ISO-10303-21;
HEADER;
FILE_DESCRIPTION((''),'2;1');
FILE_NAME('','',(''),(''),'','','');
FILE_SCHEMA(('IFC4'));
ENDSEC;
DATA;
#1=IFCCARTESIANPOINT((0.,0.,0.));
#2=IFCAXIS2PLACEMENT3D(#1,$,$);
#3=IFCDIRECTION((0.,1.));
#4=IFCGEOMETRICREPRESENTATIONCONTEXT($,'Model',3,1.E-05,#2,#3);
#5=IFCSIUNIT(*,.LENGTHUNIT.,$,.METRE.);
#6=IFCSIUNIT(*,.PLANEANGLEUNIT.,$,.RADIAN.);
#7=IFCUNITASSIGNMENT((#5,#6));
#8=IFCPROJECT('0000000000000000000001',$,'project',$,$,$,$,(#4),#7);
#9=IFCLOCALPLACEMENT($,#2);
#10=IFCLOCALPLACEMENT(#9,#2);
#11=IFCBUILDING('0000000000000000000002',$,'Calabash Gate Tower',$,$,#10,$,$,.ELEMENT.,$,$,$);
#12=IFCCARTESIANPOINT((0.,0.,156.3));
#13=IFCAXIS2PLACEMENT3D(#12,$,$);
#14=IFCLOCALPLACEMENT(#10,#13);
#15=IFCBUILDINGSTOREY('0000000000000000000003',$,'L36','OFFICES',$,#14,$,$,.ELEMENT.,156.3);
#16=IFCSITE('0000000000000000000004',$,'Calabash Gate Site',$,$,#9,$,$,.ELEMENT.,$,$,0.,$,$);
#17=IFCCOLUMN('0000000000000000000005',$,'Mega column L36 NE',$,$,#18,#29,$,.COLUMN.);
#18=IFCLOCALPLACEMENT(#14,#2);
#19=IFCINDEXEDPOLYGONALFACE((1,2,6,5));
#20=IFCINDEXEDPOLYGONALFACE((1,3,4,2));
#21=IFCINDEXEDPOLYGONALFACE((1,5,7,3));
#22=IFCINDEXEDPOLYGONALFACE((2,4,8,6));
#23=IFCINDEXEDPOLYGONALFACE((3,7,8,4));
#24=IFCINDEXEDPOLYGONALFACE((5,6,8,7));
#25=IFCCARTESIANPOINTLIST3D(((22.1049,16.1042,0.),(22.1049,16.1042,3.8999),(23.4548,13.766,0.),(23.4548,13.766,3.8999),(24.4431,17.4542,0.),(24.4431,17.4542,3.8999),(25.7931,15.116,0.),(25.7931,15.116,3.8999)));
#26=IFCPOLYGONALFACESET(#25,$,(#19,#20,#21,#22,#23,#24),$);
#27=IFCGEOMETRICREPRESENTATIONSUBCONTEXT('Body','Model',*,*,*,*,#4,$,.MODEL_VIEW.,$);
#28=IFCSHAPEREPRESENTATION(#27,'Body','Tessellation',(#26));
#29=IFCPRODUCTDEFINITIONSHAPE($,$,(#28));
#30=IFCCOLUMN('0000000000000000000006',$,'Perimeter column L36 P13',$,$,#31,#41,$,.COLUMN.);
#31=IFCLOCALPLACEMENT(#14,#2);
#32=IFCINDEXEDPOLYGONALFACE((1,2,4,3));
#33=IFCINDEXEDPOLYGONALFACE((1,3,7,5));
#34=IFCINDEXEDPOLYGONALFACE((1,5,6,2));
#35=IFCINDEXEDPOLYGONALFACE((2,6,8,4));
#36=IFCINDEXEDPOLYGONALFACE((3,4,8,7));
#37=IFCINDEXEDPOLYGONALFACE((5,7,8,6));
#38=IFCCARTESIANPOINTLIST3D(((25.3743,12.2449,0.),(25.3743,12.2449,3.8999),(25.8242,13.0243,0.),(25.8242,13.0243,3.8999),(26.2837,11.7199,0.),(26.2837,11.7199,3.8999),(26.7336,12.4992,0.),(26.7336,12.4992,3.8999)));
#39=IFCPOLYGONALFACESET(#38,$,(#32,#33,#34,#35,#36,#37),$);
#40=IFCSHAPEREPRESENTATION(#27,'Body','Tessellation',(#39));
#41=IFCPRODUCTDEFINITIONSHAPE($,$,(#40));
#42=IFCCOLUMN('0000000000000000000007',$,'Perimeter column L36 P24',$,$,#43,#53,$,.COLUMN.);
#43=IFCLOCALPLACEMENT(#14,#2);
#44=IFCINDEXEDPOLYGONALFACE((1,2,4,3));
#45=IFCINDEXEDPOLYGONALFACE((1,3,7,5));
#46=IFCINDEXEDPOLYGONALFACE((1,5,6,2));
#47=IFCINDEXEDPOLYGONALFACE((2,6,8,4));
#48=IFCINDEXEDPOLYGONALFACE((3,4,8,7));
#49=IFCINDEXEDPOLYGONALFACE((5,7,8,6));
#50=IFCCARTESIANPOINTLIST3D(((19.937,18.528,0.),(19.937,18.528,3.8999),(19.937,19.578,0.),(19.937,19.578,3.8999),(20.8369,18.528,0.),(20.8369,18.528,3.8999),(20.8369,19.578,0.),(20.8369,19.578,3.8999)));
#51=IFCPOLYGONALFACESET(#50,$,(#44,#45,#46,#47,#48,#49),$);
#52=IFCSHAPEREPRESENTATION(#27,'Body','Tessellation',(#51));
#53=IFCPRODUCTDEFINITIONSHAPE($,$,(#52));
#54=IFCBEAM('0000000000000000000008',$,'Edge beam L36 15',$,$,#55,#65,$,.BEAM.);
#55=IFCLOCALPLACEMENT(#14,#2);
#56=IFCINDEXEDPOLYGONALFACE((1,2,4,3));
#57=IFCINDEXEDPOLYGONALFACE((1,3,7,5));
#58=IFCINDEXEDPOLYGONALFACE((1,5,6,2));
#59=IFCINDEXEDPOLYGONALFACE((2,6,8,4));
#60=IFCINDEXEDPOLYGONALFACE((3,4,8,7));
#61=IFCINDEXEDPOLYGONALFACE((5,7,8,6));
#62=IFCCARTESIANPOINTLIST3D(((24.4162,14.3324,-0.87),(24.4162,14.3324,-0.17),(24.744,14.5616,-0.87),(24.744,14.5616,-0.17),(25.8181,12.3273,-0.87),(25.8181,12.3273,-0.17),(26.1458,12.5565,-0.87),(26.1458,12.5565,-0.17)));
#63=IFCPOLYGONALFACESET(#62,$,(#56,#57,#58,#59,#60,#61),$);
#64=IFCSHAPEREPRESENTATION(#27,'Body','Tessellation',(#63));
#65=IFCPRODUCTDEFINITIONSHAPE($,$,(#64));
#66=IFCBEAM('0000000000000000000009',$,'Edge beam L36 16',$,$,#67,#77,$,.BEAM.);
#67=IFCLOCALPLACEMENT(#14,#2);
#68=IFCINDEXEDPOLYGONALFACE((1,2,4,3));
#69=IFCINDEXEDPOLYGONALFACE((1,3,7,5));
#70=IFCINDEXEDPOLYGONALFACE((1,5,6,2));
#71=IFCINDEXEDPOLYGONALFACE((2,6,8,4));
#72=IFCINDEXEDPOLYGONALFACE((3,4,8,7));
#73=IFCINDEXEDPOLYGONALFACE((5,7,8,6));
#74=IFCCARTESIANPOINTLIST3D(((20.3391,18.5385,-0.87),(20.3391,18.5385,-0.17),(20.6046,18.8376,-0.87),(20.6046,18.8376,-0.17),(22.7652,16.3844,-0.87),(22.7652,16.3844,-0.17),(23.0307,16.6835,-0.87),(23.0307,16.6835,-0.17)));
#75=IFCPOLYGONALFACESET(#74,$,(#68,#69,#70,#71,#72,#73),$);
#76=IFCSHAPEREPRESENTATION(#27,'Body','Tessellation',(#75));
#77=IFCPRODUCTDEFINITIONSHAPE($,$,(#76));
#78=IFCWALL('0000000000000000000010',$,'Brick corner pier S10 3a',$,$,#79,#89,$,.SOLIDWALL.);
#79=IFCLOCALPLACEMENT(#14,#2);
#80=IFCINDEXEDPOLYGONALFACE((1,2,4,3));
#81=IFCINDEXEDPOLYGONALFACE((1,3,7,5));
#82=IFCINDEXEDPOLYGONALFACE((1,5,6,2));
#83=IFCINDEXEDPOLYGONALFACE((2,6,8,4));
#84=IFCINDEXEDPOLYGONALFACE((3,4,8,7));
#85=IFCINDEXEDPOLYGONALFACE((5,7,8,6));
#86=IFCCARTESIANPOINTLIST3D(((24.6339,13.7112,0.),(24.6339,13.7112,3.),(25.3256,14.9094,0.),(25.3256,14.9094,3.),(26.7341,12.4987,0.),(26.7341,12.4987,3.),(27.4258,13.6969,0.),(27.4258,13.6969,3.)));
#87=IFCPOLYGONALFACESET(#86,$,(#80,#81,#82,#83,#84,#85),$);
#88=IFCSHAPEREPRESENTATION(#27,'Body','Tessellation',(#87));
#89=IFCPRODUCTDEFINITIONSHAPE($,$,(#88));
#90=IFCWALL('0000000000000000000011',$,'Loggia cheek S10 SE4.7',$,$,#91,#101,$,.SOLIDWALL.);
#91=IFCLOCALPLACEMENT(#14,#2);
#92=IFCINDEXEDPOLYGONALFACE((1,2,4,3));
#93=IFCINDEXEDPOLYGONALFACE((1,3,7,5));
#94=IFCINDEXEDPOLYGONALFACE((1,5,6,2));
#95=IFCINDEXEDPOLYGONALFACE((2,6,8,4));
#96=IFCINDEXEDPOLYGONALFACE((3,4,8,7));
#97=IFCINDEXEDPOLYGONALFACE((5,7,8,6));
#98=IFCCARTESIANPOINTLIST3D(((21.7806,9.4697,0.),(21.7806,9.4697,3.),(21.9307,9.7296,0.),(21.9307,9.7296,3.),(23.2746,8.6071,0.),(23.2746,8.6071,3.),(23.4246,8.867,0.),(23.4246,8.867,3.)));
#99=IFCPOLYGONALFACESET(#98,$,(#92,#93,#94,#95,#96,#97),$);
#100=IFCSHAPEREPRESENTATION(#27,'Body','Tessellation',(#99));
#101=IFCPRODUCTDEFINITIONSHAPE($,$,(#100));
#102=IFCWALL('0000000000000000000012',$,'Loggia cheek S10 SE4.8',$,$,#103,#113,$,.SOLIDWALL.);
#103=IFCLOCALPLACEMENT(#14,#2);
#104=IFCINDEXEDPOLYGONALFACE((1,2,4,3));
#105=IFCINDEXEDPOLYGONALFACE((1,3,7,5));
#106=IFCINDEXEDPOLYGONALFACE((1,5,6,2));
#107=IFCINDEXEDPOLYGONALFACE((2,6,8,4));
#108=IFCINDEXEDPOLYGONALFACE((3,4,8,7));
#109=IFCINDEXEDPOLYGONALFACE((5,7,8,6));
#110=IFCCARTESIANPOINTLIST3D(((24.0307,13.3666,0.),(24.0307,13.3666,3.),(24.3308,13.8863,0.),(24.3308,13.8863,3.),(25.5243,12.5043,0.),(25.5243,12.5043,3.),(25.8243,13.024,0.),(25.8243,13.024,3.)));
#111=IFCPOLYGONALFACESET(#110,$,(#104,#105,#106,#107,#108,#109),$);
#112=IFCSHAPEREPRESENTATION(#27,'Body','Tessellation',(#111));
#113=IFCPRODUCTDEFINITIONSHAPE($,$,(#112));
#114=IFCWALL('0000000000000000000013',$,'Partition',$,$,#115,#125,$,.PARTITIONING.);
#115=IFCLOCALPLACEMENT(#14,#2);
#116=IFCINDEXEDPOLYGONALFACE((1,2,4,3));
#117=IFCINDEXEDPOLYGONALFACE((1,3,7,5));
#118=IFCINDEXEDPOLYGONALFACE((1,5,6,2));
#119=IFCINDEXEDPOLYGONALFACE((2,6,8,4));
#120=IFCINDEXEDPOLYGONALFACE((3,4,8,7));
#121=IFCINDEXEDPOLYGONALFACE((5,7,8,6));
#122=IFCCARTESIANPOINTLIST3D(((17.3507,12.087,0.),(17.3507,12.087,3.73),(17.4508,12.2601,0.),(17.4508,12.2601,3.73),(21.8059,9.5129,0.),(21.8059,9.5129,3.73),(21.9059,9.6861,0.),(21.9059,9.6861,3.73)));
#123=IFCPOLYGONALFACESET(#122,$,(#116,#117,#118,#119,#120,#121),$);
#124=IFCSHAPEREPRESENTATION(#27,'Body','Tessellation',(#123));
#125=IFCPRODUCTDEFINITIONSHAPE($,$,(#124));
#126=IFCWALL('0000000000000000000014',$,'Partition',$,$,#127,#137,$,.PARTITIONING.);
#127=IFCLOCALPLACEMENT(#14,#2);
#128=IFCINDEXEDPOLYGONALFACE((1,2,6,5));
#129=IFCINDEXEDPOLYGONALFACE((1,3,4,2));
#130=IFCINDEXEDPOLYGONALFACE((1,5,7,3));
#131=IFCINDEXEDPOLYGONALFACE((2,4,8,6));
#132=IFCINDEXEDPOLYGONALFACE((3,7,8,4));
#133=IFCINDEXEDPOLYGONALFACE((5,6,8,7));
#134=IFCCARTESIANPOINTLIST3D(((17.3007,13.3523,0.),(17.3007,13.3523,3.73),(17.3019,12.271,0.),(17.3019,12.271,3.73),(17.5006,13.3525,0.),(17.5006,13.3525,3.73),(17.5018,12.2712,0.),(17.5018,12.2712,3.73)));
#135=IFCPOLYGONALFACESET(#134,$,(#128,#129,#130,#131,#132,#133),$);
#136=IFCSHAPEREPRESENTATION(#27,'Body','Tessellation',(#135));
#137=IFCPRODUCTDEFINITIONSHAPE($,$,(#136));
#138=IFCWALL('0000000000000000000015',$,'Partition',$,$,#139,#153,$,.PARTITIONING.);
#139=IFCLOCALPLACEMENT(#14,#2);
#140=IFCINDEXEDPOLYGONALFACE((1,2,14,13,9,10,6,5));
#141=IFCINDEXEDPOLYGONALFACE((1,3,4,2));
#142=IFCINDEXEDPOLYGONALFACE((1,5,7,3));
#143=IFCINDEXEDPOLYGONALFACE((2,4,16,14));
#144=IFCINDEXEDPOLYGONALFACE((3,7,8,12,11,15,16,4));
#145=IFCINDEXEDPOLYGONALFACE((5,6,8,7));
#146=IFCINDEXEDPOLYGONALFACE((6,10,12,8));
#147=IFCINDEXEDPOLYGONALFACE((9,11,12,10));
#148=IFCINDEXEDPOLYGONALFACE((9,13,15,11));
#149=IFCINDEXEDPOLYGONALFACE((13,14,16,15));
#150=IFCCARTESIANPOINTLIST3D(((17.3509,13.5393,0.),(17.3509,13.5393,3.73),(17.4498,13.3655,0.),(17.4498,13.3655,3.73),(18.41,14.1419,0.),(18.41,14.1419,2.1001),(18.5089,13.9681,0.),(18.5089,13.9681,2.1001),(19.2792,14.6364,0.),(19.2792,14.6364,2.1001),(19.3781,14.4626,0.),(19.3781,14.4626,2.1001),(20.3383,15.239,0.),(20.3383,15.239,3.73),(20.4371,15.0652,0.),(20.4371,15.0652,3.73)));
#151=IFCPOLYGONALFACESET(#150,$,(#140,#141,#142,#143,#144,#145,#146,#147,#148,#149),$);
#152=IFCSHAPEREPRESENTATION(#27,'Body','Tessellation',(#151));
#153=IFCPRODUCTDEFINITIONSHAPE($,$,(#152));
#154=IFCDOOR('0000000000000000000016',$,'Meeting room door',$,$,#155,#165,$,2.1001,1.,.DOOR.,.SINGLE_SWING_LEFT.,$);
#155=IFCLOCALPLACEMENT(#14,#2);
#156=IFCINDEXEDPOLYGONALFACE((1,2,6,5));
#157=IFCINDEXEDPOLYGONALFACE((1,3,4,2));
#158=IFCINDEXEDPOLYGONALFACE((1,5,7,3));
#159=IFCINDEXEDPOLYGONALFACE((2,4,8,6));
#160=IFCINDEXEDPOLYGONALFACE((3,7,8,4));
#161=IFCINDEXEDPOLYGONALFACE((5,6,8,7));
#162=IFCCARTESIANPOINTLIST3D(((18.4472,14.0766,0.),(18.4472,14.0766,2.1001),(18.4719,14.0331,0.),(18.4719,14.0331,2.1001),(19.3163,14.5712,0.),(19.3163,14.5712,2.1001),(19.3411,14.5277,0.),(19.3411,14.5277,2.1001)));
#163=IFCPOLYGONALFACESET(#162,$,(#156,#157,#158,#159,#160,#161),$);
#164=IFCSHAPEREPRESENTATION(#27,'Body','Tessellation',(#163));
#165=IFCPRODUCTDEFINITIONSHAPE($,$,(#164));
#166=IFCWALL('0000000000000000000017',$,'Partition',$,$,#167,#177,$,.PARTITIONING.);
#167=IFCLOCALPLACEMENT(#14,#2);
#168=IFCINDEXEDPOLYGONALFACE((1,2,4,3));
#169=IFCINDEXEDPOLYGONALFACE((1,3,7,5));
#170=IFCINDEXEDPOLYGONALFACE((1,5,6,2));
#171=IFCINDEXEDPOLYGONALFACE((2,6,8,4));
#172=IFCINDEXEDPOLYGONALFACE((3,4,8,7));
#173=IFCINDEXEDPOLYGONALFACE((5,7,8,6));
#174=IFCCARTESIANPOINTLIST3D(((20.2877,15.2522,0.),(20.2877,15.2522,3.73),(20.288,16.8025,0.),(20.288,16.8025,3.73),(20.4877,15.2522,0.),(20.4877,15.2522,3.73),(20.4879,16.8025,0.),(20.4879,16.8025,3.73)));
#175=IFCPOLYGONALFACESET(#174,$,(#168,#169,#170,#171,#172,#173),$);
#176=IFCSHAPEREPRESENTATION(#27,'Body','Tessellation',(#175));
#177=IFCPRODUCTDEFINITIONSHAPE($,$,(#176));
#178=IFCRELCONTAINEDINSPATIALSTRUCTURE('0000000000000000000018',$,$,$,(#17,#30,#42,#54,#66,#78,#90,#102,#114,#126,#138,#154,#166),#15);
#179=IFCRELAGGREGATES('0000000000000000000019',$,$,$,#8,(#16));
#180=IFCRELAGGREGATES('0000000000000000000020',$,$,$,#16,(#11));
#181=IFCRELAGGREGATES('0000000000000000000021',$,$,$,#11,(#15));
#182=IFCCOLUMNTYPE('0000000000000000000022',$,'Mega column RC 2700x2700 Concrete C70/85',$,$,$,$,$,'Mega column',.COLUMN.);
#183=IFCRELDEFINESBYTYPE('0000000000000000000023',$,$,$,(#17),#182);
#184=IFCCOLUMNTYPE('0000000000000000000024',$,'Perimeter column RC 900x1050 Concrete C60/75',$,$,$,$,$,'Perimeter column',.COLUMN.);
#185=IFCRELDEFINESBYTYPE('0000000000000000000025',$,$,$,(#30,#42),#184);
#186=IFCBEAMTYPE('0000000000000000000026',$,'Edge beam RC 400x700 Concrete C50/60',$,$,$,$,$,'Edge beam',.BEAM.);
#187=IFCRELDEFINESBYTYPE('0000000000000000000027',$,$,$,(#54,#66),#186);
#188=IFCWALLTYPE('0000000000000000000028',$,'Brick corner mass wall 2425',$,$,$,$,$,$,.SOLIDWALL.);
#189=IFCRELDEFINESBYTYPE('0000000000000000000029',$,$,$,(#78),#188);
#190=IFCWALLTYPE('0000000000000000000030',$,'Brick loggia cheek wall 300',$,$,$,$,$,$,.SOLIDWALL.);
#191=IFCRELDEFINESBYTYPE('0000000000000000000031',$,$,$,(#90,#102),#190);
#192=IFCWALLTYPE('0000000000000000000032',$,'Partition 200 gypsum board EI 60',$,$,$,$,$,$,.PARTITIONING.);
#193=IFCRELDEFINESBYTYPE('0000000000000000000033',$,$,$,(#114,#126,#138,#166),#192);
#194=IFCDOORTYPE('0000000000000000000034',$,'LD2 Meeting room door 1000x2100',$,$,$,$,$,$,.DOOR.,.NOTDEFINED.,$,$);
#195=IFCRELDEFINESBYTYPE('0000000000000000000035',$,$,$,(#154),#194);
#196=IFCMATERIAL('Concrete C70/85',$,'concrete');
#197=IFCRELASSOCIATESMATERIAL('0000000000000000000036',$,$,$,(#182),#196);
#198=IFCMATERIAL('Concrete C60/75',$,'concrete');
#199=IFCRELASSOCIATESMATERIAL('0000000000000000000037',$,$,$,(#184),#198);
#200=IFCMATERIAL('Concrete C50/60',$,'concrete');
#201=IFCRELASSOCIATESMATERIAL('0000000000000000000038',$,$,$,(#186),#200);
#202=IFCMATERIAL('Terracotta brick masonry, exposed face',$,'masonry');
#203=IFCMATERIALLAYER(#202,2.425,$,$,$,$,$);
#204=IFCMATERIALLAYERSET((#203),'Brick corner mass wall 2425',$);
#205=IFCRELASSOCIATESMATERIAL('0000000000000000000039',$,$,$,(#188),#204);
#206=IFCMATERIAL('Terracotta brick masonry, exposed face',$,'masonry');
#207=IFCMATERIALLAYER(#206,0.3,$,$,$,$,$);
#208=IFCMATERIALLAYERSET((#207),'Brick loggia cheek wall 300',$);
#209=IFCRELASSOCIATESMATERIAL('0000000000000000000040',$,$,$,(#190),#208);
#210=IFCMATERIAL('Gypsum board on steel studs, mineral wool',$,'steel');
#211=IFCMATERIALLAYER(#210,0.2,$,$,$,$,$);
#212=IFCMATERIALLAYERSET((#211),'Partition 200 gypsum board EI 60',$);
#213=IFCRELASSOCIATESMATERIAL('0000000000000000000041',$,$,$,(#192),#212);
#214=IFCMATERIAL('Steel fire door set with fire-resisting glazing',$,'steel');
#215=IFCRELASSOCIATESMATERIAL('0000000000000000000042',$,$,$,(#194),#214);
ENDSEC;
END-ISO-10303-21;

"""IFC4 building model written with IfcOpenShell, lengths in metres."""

from ifc_helpers import new_model, si_unit, direction, frame, frame_2d, origin, origin_2d, place, context, subcontext, project, spatial, rectangle, extrude, material, layer, layer_set, material_profile, profile_set, type_object, element, fill, save


model = new_model("IFC4")

# Units and contexts
model_context = context("Model", 3, precision=1e-05, world=origin(), true_north=direction((0.0, 1.0)))
body_context = subcontext(model_context, "Body", "Model", "MODEL_VIEW")
ifc_project = project(units=[si_unit("LENGTHUNIT", "METRE"), si_unit("PLANEANGLEUNIT", "RADIAN")], contexts=[model_context])

# Site, building, storey
site_placement = place(None, origin())
site = spatial("IfcSite", under=ifc_project, at=site_placement, Name="Calabash Gate Site", CompositionType="ELEMENT", RefElevation=0.0)
building_placement = place(site_placement, origin())
building = spatial("IfcBuilding", under=site, at=building_placement, Name="Calabash Gate Tower", CompositionType="ELEMENT")
storey_placement = place(building_placement, frame((0.0, 0.0, 156.3)))
storey = spatial("IfcBuildingStorey", under=building, at=storey_placement, Name="L36", Description="OFFICES", CompositionType="ELEMENT", Elevation=156.3)

# Columns
ifc_material_1 = material(Name="Concrete C70/85", Category="concrete")
ifc_material_profile_1 = material_profile(ifc_material_1, rectangle(XDim=2.7, YDim=2.7, at=origin_2d()))
ifc_profile_set_1 = profile_set([ifc_material_profile_1], Name="Concrete C70/85")
column_type_1 = type_object("IfcColumnType", Name="Mega column RC 2700x2700 Concrete C70/85", ElementType="Mega column", PredefinedType="COLUMN", material=ifc_profile_set_1)
column_placement = place(storey_placement, frame((23.949, 15.6101, 0.0), z_axis=(0.0, 0.0, 1.0), x_axis=(-0.866025, -0.5, 0.0)))
element("IfcColumn", 1, at=column_placement, inside=storey, type_object=column_type_1, Name="Mega column L36 NE", PredefinedType="COLUMN", context=body_context, shape_type="SweptSolid", body=[
    extrude(rectangle(XDim=2.7, YDim=2.7, at=origin_2d()), origin(), (0.0, 0.0, 1.0), 3.8999),
])
ifc_material_2 = material(Name="Concrete C60/75", Category="concrete")
ifc_material_profile_2 = material_profile(ifc_material_2, rectangle(XDim=0.8999, YDim=1.05, at=origin_2d()))
ifc_profile_set_2 = profile_set([ifc_material_profile_2], Name="Concrete C60/75")
column_type_2 = type_object("IfcColumnType", Name="Perimeter column RC 900x1050 Concrete C60/75", ElementType="Perimeter column", PredefinedType="COLUMN", material=ifc_profile_set_2)
for number, where, z_axis, x_axis, name in (
    (2, (26.054, 12.3721, 0.0), (0.0, 0.0, 1.0), (0.5, 0.866025, 0.0), "Perimeter column L36 P13"),
    (3, (20.387, 19.053, 0.0), (0.0, 0.0, 1.0), (-1.0, 0.0, 0.0), "Perimeter column L36 P24"),
):
    element("IfcColumn", number, at=place(storey_placement, frame(where, z_axis=z_axis, x_axis=x_axis)), inside=storey, type_object=column_type_2, Name=name, PredefinedType="COLUMN", context=body_context, shape_type="SweptSolid", body=[
        extrude(rectangle(XDim=0.8999, YDim=1.05, at=origin_2d()), origin(), (0.0, 0.0, 1.0), 3.8999),
    ])

# Beams
ifc_material_3 = material(Name="Concrete C50/60", Category="concrete")
ifc_material_profile_3 = material_profile(ifc_material_3, rectangle(XDim=0.3999, YDim=0.7, at=origin_2d()))
ifc_profile_set_3 = profile_set([ifc_material_profile_3], Name="Concrete C50/60")
beam_type = type_object("IfcBeamType", Name="Edge beam RC 400x700 Concrete C50/60", ElementType="Edge beam", PredefinedType="BEAM", material=ifc_profile_set_3)
beam_1_placement = place(storey_placement, frame((25.9819, 12.4419, -0.52), z_axis=(-0.572987, 0.819565, 0.0), x_axis=(-0.819565, -0.572987, 0.0)))
element("IfcBeam", 4, at=beam_1_placement, inside=storey, type_object=beam_type, Name="Edge beam L36 15", PredefinedType="BEAM", context=body_context, shape_type="SweptSolid", body=[
    extrude(rectangle(XDim=0.3999, YDim=0.7, at=origin_2d()), origin(), (0.0, 0.0, 1.0), 2.4465),
])
beam_2_placement = place(storey_placement, frame((22.8979, 16.5339, -0.52), z_axis=(-0.747779, 0.663948, 0.0), x_axis=(-0.663948, -0.747779, 0.0)))
element("IfcBeam", 5, at=beam_2_placement, inside=storey, type_object=beam_type, Name="Edge beam L36 16", PredefinedType="BEAM", context=body_context, shape_type="SweptSolid", body=[
    extrude(rectangle(XDim=0.3999, YDim=0.7, at=origin_2d()), origin(), (0.0, 0.0, 1.0), 3.2444),
])

# Walls
ifc_material_4 = material(Name="Terracotta brick masonry, exposed face", Category="masonry")
ifc_layer_1 = layer(ifc_material_4, 2.425)
ifc_layer_set_1 = layer_set([ifc_layer_1], Name="Brick corner mass wall 2425")
wall_type_1 = type_object("IfcWallType", Name="Brick corner mass wall 2425", PredefinedType="SOLIDWALL", material=ifc_layer_set_1)
wall_1_placement = place(storey_placement, frame((27.0798, 13.0979, 0.0), z_axis=(0.0, 0.0, 1.0), x_axis=(-0.866041, 0.499972, 0.0)))
element("IfcWall", 6, at=wall_1_placement, inside=storey, type_object=wall_type_1, Name="Brick corner pier S10 3a", PredefinedType="SOLIDWALL", context=body_context, shape_type="SweptSolid", body=[
    extrude(rectangle(XDim=2.425, YDim=1.3835, at=frame_2d((1.2124, 0.0))), origin(), (0.0, 0.0, 1.0), 3.0),
])
ifc_material_5 = material(Name="Terracotta brick masonry, exposed face", Category="masonry")
ifc_layer_2 = layer(ifc_material_5, 0.3)
ifc_layer_set_2 = layer_set([ifc_layer_2], Name="Brick loggia cheek wall 300")
wall_type_2 = type_object("IfcWallType", Name="Brick loggia cheek wall 300", PredefinedType="SOLIDWALL", material=ifc_layer_set_2)
wall_2_placement = place(storey_placement, frame((23.3496, 8.7371, 0.0), z_axis=(0.0, 0.0, 1.0), x_axis=(-0.866014, 0.500021, 0.0)))
element("IfcWall", 7, at=wall_2_placement, inside=storey, type_object=wall_type_2, Name="Loggia cheek S10 SE4.7", PredefinedType="SOLIDWALL", context=body_context, shape_type="SweptSolid", body=[
    extrude(rectangle(XDim=1.7251, YDim=0.3, at=frame_2d((0.8625, 0.0))), origin(), (0.0, 0.0, 1.0), 3.0),
])
wall_3_placement = place(storey_placement, frame((25.6743, 12.7642, 0.0), z_axis=(0.0, 0.0, 1.0), x_axis=(-0.866039, 0.499976, 0.0)))
element("IfcWall", 8, at=wall_3_placement, inside=storey, type_object=wall_type_2, Name="Loggia cheek S10 SE4.8", PredefinedType="SOLIDWALL", context=body_context, shape_type="SweptSolid", body=[
    extrude(rectangle(XDim=1.7246, YDim=0.6001, at=frame_2d((0.8623, 0.0))), origin(), (0.0, 0.0, 1.0), 3.0),
])
ifc_material_6 = material(Name="Gypsum board on steel studs, mineral wool", Category="steel")
ifc_layer_3 = layer(ifc_material_6, 0.2)
ifc_layer_set_3 = layer_set([ifc_layer_3], Name="Partition 200 gypsum board EI 60")
wall_type_3 = type_object("IfcWallType", Name="Partition 200 gypsum board EI 60", PredefinedType="PARTITIONING", material=ifc_layer_set_3)
wall_4_placement = place(storey_placement, frame((17.4006, 12.1736, 0.0), z_axis=(0.0, 0.0, 1.0), x_axis=(0.865871, -0.500267, 0.0)))
element("IfcWall", 9, at=wall_4_placement, inside=storey, type_object=wall_type_3, Name="Partition", PredefinedType="PARTITIONING", context=body_context, shape_type="SweptSolid", body=[
    extrude(rectangle(XDim=5.1453, YDim=0.2, at=frame_2d((2.5728, 0.0))), origin(), (0.0, 0.0, 1.0), 3.73),
])
wall_5_placement = place(storey_placement, frame((17.4006, 13.3523, 0.0), z_axis=(0.0, 0.0, 1.0), x_axis=(0.001129, -0.999999, 0.0)))
element("IfcWall", 10, at=wall_5_placement, inside=storey, type_object=wall_type_3, Name="Partition", PredefinedType="PARTITIONING", context=body_context, shape_type="SweptSolid", body=[
    extrude(rectangle(XDim=1.0813, YDim=0.2, at=frame_2d((0.5405, 0.0))), origin(), (0.0, 0.0, 1.0), 3.73),
])

# Wall, opening, door
wall_6_placement = place(storey_placement, frame((17.4004, 13.4524, 0.0), z_axis=(0.0, 0.0, 1.0), x_axis=(0.86916, 0.494532, 0.0)))
wall_6 = element("IfcWall", 11, at=wall_6_placement, inside=storey, type_object=wall_type_3, Name="Partition", PredefinedType="PARTITIONING", context=body_context, shape_type="SweptSolid", body=[
    extrude(rectangle(XDim=3.437, YDim=0.2, at=frame_2d((1.7185, 0.0))), origin(), (0.0, 0.0, 1.0), 3.73),
])
opening_1_placement = place(wall_6_placement, frame((1.2185, 0.0, 0.0)))
opening_1 = element("IfcOpeningElement", 12, at=opening_1_placement, cuts=wall_6, PredefinedType="OPENING", context=body_context, shape_type="SweptSolid", body=[
    extrude(rectangle(XDim=1.0, YDim=2.1001, at=frame_2d((0.5, 1.05))), frame((0.0, 0.1099, 0.0), z_axis=(0.0, -1.0, 0.0), x_axis=(1.0, 0.0, 0.0)), (0.0, 0.0, 1.0), 0.22),
])
ifc_material_7 = material(Name="Steel fire door set with fire-resisting glazing", Category="steel")
door_type_1 = type_object("IfcDoorType", Name="LD2 Meeting room door 1000x2100", OperationType="NOTDEFINED", PredefinedType="DOOR", material=ifc_material_7)
door_1_placement = place(opening_1_placement, origin())
door_1 = element("IfcDoor", 13, at=door_1_placement, inside=storey, type_object=door_type_1, Name="Meeting room door", OperationType="SINGLE_SWING_LEFT", OverallHeight=2.1001, OverallWidth=1.0, PredefinedType="DOOR", context=body_context, shape_type="SweptSolid", body=[
    extrude(rectangle(XDim=1.0, YDim=2.1001, at=frame_2d((0.5, 1.05))), frame((0.0, 0.0249, 0.0), z_axis=(0.0, -1.0, 0.0), x_axis=(1.0, 0.0, 0.0)), (0.0, 0.0, 1.0), 0.05),
])
fill(opening_1, door_1)

# Wall
wall_7_placement = place(storey_placement, frame((20.3877, 15.2522, 0.0), z_axis=(0.0, 0.0, 1.0), x_axis=(0.000157, 1.0, 0.0)))
element("IfcWall", 14, at=wall_7_placement, inside=storey, type_object=wall_type_3, Name="Partition", PredefinedType="PARTITIONING", context=body_context, shape_type="SweptSolid", body=[
    extrude(rectangle(XDim=1.5503, YDim=0.2, at=frame_2d((0.7751, 0.0))), origin(), (0.0, 0.0, 1.0), 3.73),
])

save(model, "model.ifc")
